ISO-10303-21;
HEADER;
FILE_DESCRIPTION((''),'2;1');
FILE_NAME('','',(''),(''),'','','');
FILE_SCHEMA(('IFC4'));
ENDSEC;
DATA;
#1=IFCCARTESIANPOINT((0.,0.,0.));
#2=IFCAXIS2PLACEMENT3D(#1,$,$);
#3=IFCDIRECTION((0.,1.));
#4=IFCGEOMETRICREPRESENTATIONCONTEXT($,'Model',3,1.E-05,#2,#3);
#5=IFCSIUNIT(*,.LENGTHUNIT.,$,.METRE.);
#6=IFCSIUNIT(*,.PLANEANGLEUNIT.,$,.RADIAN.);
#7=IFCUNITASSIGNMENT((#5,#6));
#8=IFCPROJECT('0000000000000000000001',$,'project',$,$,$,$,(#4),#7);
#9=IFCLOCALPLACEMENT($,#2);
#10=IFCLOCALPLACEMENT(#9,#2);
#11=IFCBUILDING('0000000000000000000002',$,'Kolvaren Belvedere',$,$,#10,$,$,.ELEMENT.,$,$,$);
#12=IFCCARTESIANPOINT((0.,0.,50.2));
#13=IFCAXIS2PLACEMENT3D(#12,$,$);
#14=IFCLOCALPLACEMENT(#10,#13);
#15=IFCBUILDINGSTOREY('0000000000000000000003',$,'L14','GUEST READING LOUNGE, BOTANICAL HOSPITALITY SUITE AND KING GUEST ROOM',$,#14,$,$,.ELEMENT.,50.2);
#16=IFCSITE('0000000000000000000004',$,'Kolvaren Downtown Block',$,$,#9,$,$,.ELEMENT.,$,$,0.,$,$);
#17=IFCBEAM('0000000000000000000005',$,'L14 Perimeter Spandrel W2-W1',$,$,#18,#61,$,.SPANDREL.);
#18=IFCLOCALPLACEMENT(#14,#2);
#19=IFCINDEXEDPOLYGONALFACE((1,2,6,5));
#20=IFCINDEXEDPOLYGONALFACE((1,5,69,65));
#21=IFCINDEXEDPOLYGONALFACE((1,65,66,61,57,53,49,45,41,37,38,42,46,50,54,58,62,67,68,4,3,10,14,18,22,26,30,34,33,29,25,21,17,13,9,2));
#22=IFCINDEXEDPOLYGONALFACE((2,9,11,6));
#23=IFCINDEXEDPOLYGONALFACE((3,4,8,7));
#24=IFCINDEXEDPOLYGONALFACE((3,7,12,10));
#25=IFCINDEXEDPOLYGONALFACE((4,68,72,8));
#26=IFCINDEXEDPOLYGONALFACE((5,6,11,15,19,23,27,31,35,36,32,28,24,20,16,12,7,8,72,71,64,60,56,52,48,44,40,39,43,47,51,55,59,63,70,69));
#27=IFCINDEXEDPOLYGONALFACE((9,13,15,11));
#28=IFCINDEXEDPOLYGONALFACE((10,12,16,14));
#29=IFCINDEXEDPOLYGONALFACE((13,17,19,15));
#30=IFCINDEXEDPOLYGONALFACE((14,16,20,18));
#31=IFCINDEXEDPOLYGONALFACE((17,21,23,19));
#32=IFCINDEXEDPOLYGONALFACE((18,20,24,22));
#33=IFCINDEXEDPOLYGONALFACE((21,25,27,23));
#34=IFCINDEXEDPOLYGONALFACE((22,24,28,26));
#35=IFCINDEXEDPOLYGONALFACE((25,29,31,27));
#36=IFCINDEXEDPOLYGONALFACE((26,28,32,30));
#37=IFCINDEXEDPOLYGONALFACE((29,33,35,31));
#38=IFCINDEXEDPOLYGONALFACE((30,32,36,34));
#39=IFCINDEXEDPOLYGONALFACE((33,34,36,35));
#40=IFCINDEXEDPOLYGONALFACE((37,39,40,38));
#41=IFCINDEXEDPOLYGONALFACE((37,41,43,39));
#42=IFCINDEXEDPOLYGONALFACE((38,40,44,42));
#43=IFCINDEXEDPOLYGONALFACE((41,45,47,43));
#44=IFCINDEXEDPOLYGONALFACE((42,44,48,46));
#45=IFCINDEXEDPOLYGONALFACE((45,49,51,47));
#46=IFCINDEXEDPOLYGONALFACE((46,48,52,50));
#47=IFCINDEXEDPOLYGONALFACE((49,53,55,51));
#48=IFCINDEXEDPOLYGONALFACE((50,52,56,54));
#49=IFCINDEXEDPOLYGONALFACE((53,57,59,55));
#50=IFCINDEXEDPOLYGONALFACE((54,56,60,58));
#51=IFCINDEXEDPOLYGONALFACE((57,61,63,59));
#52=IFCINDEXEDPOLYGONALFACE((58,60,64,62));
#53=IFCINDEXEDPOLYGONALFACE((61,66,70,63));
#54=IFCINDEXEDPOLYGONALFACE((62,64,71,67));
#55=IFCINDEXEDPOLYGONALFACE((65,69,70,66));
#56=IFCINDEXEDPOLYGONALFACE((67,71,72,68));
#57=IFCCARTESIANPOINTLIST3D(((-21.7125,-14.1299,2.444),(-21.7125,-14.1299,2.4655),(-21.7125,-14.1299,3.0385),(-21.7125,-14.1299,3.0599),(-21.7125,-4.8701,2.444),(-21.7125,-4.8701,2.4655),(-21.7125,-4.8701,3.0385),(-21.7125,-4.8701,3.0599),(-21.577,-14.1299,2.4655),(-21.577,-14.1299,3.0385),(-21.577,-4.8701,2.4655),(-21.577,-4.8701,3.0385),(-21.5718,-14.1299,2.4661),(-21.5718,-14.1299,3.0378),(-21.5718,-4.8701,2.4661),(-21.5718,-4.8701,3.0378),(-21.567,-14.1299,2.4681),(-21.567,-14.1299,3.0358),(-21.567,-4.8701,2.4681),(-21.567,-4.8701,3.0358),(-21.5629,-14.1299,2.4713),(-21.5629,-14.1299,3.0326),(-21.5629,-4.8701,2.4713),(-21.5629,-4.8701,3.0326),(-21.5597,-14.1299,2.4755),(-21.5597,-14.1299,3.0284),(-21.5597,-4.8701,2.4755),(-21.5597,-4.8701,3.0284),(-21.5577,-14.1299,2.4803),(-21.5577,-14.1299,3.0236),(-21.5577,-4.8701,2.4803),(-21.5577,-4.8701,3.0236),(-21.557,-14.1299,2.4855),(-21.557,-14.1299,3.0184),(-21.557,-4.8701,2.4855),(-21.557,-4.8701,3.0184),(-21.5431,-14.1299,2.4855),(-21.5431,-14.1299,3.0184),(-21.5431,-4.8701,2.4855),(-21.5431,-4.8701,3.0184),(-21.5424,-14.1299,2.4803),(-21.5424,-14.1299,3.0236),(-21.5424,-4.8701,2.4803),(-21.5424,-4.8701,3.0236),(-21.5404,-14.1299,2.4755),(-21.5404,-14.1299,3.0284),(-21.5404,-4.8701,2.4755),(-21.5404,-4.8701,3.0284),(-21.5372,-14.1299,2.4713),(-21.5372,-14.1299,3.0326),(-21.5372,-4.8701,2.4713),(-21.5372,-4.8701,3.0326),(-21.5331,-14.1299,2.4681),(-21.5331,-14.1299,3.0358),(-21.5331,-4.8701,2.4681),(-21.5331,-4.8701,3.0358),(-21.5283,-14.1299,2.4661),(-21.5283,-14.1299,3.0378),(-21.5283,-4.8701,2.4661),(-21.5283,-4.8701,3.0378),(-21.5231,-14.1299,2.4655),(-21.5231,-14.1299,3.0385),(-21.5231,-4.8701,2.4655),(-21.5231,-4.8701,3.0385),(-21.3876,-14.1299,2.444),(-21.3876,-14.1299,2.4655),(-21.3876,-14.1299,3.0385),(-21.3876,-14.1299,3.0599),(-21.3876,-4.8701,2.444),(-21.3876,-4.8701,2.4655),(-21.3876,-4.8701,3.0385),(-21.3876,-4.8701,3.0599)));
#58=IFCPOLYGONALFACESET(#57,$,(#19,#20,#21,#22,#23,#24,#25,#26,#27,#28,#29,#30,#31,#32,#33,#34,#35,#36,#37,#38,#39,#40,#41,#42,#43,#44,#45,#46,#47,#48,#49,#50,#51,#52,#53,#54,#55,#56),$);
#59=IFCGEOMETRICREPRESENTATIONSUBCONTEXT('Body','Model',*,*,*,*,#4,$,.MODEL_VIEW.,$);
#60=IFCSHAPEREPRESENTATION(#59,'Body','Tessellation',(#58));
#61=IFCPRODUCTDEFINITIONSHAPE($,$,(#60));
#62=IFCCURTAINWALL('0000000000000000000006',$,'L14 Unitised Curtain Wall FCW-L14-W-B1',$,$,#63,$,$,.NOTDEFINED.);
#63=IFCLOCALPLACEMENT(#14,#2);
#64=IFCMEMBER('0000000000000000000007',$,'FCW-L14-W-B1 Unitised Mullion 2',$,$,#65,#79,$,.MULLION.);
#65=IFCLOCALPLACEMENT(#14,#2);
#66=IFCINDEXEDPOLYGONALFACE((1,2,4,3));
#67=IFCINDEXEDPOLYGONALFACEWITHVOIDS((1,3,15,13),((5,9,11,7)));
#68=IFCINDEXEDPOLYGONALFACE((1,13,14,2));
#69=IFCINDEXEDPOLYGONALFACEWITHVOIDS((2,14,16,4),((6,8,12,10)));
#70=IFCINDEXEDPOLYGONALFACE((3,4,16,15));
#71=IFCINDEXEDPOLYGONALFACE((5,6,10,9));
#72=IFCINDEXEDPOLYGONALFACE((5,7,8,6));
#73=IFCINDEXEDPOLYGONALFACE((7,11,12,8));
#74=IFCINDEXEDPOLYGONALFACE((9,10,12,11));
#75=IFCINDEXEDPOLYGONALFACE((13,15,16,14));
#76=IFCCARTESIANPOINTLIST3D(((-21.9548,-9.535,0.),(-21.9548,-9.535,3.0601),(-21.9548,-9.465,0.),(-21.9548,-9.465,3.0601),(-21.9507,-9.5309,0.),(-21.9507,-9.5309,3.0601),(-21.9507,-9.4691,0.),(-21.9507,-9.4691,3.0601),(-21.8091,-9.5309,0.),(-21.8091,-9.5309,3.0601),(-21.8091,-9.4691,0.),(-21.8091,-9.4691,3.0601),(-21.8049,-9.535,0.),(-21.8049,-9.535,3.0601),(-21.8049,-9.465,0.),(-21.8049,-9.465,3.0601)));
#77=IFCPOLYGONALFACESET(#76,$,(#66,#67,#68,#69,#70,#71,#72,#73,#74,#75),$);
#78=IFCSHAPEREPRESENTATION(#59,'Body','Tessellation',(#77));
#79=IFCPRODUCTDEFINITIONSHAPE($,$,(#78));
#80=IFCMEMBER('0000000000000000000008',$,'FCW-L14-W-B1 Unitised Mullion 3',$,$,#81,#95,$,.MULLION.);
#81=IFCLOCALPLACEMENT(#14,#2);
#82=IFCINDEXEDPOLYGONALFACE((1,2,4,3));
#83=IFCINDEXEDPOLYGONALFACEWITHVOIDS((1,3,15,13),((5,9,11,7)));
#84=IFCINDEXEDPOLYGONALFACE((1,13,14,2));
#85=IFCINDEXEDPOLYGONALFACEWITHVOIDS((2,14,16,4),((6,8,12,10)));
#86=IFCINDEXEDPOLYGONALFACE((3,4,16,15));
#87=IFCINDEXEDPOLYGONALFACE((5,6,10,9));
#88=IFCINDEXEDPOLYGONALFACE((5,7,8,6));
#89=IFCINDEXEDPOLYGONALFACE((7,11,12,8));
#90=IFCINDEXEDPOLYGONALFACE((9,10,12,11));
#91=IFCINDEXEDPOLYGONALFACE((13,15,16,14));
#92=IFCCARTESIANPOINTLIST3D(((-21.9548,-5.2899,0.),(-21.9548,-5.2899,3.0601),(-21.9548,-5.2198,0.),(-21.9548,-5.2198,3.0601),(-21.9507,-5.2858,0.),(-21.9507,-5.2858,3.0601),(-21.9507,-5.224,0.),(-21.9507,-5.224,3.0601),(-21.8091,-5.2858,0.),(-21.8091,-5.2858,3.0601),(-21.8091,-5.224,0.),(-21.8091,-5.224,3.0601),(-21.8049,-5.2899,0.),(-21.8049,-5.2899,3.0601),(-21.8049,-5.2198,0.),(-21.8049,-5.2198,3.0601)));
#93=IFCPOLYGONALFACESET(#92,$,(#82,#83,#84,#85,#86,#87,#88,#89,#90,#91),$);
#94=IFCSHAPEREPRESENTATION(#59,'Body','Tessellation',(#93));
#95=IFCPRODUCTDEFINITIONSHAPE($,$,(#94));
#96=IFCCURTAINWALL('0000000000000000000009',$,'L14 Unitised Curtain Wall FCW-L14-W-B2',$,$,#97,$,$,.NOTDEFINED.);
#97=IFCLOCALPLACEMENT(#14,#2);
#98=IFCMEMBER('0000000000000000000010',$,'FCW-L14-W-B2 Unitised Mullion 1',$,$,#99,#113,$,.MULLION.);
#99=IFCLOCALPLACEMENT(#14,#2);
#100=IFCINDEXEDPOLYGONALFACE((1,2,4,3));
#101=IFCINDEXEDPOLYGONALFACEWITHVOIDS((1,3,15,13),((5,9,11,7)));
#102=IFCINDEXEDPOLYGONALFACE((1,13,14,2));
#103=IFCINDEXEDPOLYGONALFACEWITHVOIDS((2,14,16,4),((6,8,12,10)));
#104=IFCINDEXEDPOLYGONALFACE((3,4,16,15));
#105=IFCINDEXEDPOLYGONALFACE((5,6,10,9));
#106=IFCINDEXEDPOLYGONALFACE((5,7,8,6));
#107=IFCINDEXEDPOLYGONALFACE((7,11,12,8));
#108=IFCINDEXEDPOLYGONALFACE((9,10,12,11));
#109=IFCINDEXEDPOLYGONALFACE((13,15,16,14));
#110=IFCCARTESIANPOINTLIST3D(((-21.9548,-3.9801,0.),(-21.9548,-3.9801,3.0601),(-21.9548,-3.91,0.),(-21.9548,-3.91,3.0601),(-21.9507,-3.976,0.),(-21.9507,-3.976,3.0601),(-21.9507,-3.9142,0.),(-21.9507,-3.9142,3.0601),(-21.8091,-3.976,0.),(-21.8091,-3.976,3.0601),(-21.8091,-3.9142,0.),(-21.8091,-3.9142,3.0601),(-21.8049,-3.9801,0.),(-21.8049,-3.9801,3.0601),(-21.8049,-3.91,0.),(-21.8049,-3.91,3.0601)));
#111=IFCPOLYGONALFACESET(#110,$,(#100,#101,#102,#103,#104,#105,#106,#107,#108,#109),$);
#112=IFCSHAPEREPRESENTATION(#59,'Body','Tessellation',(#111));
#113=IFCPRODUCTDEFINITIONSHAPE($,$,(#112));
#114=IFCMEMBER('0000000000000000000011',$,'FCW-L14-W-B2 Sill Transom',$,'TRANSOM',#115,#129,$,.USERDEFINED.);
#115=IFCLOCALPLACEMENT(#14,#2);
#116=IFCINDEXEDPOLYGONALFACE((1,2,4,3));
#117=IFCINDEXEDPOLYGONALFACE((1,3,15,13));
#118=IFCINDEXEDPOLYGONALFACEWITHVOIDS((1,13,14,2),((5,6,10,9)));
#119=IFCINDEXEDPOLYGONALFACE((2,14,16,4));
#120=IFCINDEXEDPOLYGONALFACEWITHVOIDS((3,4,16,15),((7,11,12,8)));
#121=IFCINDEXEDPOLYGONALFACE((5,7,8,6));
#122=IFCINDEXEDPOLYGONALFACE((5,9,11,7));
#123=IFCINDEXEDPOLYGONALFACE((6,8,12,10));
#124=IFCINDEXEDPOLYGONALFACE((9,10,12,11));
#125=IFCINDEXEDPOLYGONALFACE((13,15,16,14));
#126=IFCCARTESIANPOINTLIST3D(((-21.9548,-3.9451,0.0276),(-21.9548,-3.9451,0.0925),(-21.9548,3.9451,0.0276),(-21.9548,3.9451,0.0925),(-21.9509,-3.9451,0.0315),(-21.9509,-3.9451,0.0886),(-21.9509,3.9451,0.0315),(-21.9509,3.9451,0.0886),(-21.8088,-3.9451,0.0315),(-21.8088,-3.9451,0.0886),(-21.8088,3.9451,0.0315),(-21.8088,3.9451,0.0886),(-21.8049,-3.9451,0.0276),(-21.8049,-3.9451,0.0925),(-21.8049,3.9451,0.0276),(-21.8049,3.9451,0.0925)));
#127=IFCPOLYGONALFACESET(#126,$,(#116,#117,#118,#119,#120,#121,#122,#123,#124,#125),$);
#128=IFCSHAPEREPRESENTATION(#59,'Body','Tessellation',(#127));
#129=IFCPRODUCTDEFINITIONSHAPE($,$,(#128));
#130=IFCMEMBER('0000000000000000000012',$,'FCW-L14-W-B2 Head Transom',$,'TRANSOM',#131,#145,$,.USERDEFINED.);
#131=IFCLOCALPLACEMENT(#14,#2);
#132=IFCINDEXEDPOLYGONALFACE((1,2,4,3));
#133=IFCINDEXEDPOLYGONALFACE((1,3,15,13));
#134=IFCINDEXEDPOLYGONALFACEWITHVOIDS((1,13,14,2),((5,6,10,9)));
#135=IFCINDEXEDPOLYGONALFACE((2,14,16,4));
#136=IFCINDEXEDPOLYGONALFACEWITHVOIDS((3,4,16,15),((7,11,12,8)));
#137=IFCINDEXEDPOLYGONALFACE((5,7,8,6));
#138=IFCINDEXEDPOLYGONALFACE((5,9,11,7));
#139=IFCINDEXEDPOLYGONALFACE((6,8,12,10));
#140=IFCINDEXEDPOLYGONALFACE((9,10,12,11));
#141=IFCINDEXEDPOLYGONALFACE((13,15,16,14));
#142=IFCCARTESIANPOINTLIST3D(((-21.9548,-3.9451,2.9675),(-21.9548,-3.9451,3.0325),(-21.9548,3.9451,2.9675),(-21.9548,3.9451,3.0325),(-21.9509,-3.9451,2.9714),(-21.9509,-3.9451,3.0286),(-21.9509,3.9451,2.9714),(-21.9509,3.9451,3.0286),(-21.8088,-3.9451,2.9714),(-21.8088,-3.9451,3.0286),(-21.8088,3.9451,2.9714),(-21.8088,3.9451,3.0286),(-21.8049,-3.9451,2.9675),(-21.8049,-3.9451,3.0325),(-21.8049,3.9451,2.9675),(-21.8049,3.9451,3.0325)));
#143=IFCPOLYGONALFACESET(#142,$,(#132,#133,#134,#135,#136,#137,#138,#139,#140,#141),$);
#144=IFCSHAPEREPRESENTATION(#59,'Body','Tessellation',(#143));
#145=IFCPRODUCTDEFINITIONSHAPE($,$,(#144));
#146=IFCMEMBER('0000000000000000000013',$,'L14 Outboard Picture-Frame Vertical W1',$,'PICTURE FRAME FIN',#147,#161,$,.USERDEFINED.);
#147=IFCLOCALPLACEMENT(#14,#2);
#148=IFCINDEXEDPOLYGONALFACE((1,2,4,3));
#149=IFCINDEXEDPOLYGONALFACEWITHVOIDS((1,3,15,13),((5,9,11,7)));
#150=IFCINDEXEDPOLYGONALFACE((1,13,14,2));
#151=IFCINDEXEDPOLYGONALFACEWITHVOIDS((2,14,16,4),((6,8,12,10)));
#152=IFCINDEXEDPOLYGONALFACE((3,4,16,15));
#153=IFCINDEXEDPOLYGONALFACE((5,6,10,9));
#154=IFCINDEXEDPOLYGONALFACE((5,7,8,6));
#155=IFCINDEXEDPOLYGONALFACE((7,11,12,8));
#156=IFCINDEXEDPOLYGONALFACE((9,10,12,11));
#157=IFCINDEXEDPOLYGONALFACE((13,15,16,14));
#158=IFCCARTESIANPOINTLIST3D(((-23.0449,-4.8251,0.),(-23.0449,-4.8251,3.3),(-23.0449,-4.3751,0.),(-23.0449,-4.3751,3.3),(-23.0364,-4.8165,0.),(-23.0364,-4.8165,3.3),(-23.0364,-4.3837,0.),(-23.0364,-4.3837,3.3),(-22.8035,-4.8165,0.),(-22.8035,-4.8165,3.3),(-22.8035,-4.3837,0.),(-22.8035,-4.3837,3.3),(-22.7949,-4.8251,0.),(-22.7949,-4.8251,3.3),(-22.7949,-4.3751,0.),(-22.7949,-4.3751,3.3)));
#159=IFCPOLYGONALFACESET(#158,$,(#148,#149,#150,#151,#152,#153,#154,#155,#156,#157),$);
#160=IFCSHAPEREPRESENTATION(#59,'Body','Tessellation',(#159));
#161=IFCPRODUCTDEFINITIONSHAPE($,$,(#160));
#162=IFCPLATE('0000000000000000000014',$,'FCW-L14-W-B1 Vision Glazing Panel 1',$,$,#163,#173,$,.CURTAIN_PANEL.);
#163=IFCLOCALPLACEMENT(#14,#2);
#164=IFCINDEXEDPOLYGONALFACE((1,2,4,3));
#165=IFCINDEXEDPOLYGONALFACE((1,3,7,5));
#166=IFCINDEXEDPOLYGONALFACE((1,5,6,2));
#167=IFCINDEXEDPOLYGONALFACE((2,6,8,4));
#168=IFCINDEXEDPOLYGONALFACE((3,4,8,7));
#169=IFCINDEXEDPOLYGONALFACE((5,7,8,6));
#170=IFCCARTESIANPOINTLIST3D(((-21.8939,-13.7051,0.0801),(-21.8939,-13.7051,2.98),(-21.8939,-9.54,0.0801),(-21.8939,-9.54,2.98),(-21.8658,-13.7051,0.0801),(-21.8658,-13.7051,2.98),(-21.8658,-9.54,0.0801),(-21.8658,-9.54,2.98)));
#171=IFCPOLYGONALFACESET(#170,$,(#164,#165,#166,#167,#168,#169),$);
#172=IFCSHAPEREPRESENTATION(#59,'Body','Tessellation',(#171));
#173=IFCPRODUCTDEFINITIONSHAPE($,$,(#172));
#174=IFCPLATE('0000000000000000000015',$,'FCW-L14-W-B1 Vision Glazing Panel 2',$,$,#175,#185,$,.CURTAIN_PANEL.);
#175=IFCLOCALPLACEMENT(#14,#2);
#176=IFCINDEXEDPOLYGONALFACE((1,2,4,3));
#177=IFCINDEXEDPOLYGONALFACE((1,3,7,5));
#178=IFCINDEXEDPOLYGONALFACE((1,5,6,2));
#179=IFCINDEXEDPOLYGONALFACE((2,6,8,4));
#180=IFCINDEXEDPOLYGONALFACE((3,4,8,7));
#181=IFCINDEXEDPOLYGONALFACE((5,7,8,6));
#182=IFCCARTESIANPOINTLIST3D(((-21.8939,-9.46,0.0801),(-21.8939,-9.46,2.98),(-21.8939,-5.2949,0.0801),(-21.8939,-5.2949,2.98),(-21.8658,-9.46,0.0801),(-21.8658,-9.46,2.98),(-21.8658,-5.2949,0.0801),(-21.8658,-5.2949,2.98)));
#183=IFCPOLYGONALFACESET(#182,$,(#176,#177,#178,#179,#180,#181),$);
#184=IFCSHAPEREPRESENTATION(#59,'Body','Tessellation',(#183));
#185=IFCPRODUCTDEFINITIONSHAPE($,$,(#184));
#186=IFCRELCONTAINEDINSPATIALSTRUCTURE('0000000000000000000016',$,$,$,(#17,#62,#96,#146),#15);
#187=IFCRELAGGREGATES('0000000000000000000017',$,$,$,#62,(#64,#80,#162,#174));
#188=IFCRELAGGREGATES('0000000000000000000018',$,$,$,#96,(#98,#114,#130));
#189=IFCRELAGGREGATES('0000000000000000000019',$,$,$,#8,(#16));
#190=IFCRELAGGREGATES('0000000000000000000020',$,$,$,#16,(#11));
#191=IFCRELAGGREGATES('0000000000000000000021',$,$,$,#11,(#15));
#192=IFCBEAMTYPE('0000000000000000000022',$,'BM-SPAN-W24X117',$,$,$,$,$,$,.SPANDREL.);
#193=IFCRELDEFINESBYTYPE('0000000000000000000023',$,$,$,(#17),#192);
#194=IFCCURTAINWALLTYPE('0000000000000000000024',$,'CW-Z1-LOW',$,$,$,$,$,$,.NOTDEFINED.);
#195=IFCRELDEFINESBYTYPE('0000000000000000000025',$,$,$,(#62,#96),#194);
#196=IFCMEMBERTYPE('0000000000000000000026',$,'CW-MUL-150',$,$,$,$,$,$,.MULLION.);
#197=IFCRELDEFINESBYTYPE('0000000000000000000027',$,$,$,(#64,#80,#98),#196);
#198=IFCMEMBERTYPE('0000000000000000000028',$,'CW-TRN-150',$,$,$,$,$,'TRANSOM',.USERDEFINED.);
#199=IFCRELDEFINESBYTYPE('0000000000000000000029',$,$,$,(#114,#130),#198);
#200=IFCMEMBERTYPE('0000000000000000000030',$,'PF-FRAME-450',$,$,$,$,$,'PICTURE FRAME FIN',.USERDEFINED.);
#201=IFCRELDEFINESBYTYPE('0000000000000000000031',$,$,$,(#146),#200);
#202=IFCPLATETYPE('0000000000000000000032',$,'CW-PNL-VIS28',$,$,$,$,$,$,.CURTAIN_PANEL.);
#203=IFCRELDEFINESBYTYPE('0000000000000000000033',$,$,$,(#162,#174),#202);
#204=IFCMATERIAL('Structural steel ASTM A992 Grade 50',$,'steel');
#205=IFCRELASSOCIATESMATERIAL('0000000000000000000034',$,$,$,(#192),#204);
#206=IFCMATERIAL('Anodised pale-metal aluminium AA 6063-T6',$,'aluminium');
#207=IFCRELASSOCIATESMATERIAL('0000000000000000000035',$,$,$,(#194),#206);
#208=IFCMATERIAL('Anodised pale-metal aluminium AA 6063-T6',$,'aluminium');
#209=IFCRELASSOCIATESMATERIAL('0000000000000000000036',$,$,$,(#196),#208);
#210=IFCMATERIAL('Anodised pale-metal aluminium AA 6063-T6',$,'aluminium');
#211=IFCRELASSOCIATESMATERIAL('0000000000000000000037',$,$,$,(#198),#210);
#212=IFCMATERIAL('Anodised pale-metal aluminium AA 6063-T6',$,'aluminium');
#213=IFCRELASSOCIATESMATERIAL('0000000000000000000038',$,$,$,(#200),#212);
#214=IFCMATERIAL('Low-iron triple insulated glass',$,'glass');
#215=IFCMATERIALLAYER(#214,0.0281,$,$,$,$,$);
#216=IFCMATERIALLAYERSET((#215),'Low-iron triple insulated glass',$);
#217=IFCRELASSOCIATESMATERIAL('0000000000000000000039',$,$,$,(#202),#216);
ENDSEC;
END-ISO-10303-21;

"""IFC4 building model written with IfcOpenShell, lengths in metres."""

from ifc_helpers import new_model, si_unit, direction, frame, origin, origin_2d, place, context, subcontext, project, spatial, rectangle, hollow_rectangle, i_section, extrude, material, layer, layer_set, material_profile, profile_set, type_object, element, aggregate, save


model = new_model("IFC4")

# Units and contexts
model_context = context("Model", 3, precision=1e-05, world=origin(), true_north=direction((0.0, 1.0)))
body_context = subcontext(model_context, "Body", "Model", "MODEL_VIEW")
ifc_project = project(units=[si_unit("LENGTHUNIT", "METRE"), si_unit("PLANEANGLEUNIT", "RADIAN")], contexts=[model_context])

# Site, building, storey
site_placement = place(None, origin())
site = spatial("IfcSite", under=ifc_project, at=site_placement, Name="Kolvaren Downtown Block", CompositionType="ELEMENT", RefElevation=0.0)
building_placement = place(site_placement, origin())
building = spatial("IfcBuilding", under=site, at=building_placement, Name="Kolvaren Belvedere", CompositionType="ELEMENT")
storey_placement = place(building_placement, frame((0.0, 0.0, 50.2)))
storey = spatial("IfcBuildingStorey", under=building, at=storey_placement, Name="L14", Description="GUEST READING LOUNGE, BOTANICAL HOSPITALITY SUITE AND KING GUEST ROOM", CompositionType="ELEMENT", Elevation=50.2)

# Beam
ifc_material_1 = material(Name="Structural steel ASTM A992 Grade 50", Category="steel")
ifc_material_profile_1 = material_profile(ifc_material_1, i_section(OverallWidth=0.325, OverallDepth=0.616, WebThickness=0.0139, FlangeThickness=0.0215, FilletRadius=0.02, at=origin_2d()), Name="W24X117")
ifc_profile_set_1 = profile_set([ifc_material_profile_1], Name="Structural steel ASTM A992 Grade 50")
beam_type_1 = type_object("IfcBeamType", Name="BM-SPAN-W24X117", PredefinedType="SPANDREL", material=ifc_profile_set_1)
beam_1_placement = place(storey_placement, frame((-21.55, -4.8701, 2.752), z_axis=(0.0, -1.0, 0.0), x_axis=(1.0, 0.0, 0.0)))
element("IfcBeam", 1, at=beam_1_placement, inside=storey, type_object=beam_type_1, Name="L14 Perimeter Spandrel W2-W1", PredefinedType="SPANDREL", context=body_context, shape_type="SweptSolid", body=[
    extrude(i_section(OverallWidth=0.325, OverallDepth=0.616, WebThickness=0.0139, FlangeThickness=0.0215, FilletRadius=0.02, at=origin_2d()), origin(), (0.0, 0.0, 1.0), 9.2598),
])

# Curtain walls, members
ifc_material_2 = material(Name="Anodised pale-metal aluminium AA 6063-T6", Category="aluminium")
curtain_wall_type = type_object("IfcCurtainWallType", Name="CW-Z1-LOW", PredefinedType="NOTDEFINED", material=ifc_material_2)
curtain_wall_1_placement = place(storey_placement, origin())
curtain_wall_1 = element("IfcCurtainWall", 2, at=curtain_wall_1_placement, inside=storey, type_object=curtain_wall_type, Name="L14 Unitised Curtain Wall FCW-L14-W-B1", PredefinedType="NOTDEFINED")
ifc_material_3 = material(Name="Anodised pale-metal aluminium AA 6063-T6", Category="aluminium")
ifc_material_profile_2 = material_profile(ifc_material_3, hollow_rectangle(XDim=0.0701, YDim=0.1499, WallThickness=0.0042, at=origin_2d()), Name="ALU-MUL-150X70")
ifc_profile_set_2 = profile_set([ifc_material_profile_2], Name="Anodised pale-metal aluminium AA 6063-T6")
member_type_1 = type_object("IfcMemberType", Name="CW-MUL-150", PredefinedType="MULLION", material=ifc_profile_set_2)
member_1_placement = place(storey_placement, frame((-21.8799, -9.5, 0.0), z_axis=(0.0, 0.0, 1.0), x_axis=(0.0, 1.0, 0.0)))
member_1 = element("IfcMember", 3, at=member_1_placement, type_object=member_type_1, Name="FCW-L14-W-B1 Unitised Mullion 2", PredefinedType="MULLION", context=body_context, shape_type="SweptSolid", body=[
    extrude(hollow_rectangle(XDim=0.0701, YDim=0.1499, WallThickness=0.0042, at=origin_2d()), origin(), (0.0, 0.0, 1.0), 3.0601),
])
member_2_placement = place(storey_placement, frame((-21.8799, -5.2549, 0.0), z_axis=(0.0, 0.0, 1.0), x_axis=(0.0, 1.0, 0.0)))
member_2 = element("IfcMember", 4, at=member_2_placement, type_object=member_type_1, Name="FCW-L14-W-B1 Unitised Mullion 3", PredefinedType="MULLION", context=body_context, shape_type="SweptSolid", body=[
    extrude(hollow_rectangle(XDim=0.0701, YDim=0.1499, WallThickness=0.0042, at=origin_2d()), origin(), (0.0, 0.0, 1.0), 3.0601),
])
curtain_wall_2_placement = place(storey_placement, origin())
curtain_wall_2 = element("IfcCurtainWall", 5, at=curtain_wall_2_placement, inside=storey, type_object=curtain_wall_type, Name="L14 Unitised Curtain Wall FCW-L14-W-B2", PredefinedType="NOTDEFINED")
member_3_placement = place(storey_placement, frame((-21.8799, -3.9451, 0.0), z_axis=(0.0, 0.0, 1.0), x_axis=(0.0, 1.0, 0.0)))
member_3 = element("IfcMember", 6, at=member_3_placement, type_object=member_type_1, Name="FCW-L14-W-B2 Unitised Mullion 1", PredefinedType="MULLION", context=body_context, shape_type="SweptSolid", body=[
    extrude(hollow_rectangle(XDim=0.0701, YDim=0.1499, WallThickness=0.0042, at=origin_2d()), origin(), (0.0, 0.0, 1.0), 3.0601),
])
ifc_material_4 = material(Name="Anodised pale-metal aluminium AA 6063-T6", Category="aluminium")
ifc_material_profile_3 = material_profile(ifc_material_4, hollow_rectangle(XDim=0.0649, YDim=0.1499, WallThickness=0.0039, at=origin_2d()), Name="ALU-TRN-150X65")
ifc_profile_set_3 = profile_set([ifc_material_profile_3], Name="Anodised pale-metal aluminium AA 6063-T6")
member_type_2 = type_object("IfcMemberType", Name="CW-TRN-150", ElementType="TRANSOM", PredefinedType="USERDEFINED", material=ifc_profile_set_3)
member_4_placement = place(storey_placement, frame((-21.8799, -3.9451, 0.0601), z_axis=(0.0, 1.0, 0.0), x_axis=(0.0, 0.0, 1.0)))
member_4 = element("IfcMember", 7, at=member_4_placement, type_object=member_type_2, Name="FCW-L14-W-B2 Sill Transom", ObjectType="TRANSOM", PredefinedType="USERDEFINED", context=body_context, shape_type="SweptSolid", body=[
    extrude(hollow_rectangle(XDim=0.0649, YDim=0.1499, WallThickness=0.0039, at=origin_2d()), origin(), (0.0, 0.0, 1.0), 7.8901),
])
member_5_placement = place(storey_placement, frame((-21.8799, -3.9451, 3.0), z_axis=(0.0, 1.0, 0.0), x_axis=(0.0, 0.0, 1.0)))
member_5 = element("IfcMember", 8, at=member_5_placement, type_object=member_type_2, Name="FCW-L14-W-B2 Head Transom", ObjectType="TRANSOM", PredefinedType="USERDEFINED", context=body_context, shape_type="SweptSolid", body=[
    extrude(hollow_rectangle(XDim=0.0649, YDim=0.1499, WallThickness=0.0039, at=origin_2d()), origin(), (0.0, 0.0, 1.0), 7.8901),
])

# Member
ifc_material_5 = material(Name="Anodised pale-metal aluminium AA 6063-T6", Category="aluminium")
ifc_material_profile_4 = material_profile(ifc_material_5, hollow_rectangle(XDim=0.25, YDim=0.45, WallThickness=0.0085, at=origin_2d()), Name="ALU-PF-450X250")
ifc_profile_set_4 = profile_set([ifc_material_profile_4], Name="Anodised pale-metal aluminium AA 6063-T6")
member_type_3 = type_object("IfcMemberType", Name="PF-FRAME-450", ElementType="PICTURE FRAME FIN", PredefinedType="USERDEFINED", material=ifc_profile_set_4)
member_6_placement = place(storey_placement, frame((-22.9199, -4.6001, 0.0), z_axis=(0.0, 0.0, 1.0), x_axis=(1.0, 0.0, 0.0)))
element("IfcMember", 9, at=member_6_placement, inside=storey, type_object=member_type_3, Name="L14 Outboard Picture-Frame Vertical W1", ObjectType="PICTURE FRAME FIN", PredefinedType="USERDEFINED", context=body_context, shape_type="SweptSolid", body=[
    extrude(hollow_rectangle(XDim=0.25, YDim=0.45, WallThickness=0.0085, at=origin_2d()), origin(), (0.0, 0.0, 1.0), 3.3),
])

# Plates
ifc_material_6 = material(Name="Low-iron triple insulated glass", Category="glass")
ifc_layer_1 = layer(ifc_material_6, 0.0281)
ifc_layer_set_1 = layer_set([ifc_layer_1], Name="Low-iron triple insulated glass")
plate_type_1 = type_object("IfcPlateType", Name="CW-PNL-VIS28", PredefinedType="CURTAIN_PANEL", material=ifc_layer_set_1)
plate_1_placement = place(storey_placement, frame((-21.8799, -11.6226, 0.0801), z_axis=(0.0, 0.0, 1.0), x_axis=(0.0, 1.0, 0.0)))
plate_1 = element("IfcPlate", 10, at=plate_1_placement, type_object=plate_type_1, Name="FCW-L14-W-B1 Vision Glazing Panel 1", PredefinedType="CURTAIN_PANEL", context=body_context, shape_type="SweptSolid", body=[
    extrude(rectangle(XDim=4.165, YDim=0.0281, at=origin_2d()), origin(), (0.0, 0.0, 1.0), 2.8999),
])
plate_2_placement = place(storey_placement, frame((-21.8799, -7.3774, 0.0801), z_axis=(0.0, 0.0, 1.0), x_axis=(0.0, 1.0, 0.0)))
plate_2 = element("IfcPlate", 11, at=plate_2_placement, type_object=plate_type_1, Name="FCW-L14-W-B1 Vision Glazing Panel 2", PredefinedType="CURTAIN_PANEL", context=body_context, shape_type="SweptSolid", body=[
    extrude(rectangle(XDim=4.165, YDim=0.0281, at=origin_2d()), origin(), (0.0, 0.0, 1.0), 2.8999),
])
aggregate(curtain_wall_1, [member_1, member_2, plate_1, plate_2])
aggregate(curtain_wall_2, [member_3, member_4, member_5])

save(model, "model.ifc")
